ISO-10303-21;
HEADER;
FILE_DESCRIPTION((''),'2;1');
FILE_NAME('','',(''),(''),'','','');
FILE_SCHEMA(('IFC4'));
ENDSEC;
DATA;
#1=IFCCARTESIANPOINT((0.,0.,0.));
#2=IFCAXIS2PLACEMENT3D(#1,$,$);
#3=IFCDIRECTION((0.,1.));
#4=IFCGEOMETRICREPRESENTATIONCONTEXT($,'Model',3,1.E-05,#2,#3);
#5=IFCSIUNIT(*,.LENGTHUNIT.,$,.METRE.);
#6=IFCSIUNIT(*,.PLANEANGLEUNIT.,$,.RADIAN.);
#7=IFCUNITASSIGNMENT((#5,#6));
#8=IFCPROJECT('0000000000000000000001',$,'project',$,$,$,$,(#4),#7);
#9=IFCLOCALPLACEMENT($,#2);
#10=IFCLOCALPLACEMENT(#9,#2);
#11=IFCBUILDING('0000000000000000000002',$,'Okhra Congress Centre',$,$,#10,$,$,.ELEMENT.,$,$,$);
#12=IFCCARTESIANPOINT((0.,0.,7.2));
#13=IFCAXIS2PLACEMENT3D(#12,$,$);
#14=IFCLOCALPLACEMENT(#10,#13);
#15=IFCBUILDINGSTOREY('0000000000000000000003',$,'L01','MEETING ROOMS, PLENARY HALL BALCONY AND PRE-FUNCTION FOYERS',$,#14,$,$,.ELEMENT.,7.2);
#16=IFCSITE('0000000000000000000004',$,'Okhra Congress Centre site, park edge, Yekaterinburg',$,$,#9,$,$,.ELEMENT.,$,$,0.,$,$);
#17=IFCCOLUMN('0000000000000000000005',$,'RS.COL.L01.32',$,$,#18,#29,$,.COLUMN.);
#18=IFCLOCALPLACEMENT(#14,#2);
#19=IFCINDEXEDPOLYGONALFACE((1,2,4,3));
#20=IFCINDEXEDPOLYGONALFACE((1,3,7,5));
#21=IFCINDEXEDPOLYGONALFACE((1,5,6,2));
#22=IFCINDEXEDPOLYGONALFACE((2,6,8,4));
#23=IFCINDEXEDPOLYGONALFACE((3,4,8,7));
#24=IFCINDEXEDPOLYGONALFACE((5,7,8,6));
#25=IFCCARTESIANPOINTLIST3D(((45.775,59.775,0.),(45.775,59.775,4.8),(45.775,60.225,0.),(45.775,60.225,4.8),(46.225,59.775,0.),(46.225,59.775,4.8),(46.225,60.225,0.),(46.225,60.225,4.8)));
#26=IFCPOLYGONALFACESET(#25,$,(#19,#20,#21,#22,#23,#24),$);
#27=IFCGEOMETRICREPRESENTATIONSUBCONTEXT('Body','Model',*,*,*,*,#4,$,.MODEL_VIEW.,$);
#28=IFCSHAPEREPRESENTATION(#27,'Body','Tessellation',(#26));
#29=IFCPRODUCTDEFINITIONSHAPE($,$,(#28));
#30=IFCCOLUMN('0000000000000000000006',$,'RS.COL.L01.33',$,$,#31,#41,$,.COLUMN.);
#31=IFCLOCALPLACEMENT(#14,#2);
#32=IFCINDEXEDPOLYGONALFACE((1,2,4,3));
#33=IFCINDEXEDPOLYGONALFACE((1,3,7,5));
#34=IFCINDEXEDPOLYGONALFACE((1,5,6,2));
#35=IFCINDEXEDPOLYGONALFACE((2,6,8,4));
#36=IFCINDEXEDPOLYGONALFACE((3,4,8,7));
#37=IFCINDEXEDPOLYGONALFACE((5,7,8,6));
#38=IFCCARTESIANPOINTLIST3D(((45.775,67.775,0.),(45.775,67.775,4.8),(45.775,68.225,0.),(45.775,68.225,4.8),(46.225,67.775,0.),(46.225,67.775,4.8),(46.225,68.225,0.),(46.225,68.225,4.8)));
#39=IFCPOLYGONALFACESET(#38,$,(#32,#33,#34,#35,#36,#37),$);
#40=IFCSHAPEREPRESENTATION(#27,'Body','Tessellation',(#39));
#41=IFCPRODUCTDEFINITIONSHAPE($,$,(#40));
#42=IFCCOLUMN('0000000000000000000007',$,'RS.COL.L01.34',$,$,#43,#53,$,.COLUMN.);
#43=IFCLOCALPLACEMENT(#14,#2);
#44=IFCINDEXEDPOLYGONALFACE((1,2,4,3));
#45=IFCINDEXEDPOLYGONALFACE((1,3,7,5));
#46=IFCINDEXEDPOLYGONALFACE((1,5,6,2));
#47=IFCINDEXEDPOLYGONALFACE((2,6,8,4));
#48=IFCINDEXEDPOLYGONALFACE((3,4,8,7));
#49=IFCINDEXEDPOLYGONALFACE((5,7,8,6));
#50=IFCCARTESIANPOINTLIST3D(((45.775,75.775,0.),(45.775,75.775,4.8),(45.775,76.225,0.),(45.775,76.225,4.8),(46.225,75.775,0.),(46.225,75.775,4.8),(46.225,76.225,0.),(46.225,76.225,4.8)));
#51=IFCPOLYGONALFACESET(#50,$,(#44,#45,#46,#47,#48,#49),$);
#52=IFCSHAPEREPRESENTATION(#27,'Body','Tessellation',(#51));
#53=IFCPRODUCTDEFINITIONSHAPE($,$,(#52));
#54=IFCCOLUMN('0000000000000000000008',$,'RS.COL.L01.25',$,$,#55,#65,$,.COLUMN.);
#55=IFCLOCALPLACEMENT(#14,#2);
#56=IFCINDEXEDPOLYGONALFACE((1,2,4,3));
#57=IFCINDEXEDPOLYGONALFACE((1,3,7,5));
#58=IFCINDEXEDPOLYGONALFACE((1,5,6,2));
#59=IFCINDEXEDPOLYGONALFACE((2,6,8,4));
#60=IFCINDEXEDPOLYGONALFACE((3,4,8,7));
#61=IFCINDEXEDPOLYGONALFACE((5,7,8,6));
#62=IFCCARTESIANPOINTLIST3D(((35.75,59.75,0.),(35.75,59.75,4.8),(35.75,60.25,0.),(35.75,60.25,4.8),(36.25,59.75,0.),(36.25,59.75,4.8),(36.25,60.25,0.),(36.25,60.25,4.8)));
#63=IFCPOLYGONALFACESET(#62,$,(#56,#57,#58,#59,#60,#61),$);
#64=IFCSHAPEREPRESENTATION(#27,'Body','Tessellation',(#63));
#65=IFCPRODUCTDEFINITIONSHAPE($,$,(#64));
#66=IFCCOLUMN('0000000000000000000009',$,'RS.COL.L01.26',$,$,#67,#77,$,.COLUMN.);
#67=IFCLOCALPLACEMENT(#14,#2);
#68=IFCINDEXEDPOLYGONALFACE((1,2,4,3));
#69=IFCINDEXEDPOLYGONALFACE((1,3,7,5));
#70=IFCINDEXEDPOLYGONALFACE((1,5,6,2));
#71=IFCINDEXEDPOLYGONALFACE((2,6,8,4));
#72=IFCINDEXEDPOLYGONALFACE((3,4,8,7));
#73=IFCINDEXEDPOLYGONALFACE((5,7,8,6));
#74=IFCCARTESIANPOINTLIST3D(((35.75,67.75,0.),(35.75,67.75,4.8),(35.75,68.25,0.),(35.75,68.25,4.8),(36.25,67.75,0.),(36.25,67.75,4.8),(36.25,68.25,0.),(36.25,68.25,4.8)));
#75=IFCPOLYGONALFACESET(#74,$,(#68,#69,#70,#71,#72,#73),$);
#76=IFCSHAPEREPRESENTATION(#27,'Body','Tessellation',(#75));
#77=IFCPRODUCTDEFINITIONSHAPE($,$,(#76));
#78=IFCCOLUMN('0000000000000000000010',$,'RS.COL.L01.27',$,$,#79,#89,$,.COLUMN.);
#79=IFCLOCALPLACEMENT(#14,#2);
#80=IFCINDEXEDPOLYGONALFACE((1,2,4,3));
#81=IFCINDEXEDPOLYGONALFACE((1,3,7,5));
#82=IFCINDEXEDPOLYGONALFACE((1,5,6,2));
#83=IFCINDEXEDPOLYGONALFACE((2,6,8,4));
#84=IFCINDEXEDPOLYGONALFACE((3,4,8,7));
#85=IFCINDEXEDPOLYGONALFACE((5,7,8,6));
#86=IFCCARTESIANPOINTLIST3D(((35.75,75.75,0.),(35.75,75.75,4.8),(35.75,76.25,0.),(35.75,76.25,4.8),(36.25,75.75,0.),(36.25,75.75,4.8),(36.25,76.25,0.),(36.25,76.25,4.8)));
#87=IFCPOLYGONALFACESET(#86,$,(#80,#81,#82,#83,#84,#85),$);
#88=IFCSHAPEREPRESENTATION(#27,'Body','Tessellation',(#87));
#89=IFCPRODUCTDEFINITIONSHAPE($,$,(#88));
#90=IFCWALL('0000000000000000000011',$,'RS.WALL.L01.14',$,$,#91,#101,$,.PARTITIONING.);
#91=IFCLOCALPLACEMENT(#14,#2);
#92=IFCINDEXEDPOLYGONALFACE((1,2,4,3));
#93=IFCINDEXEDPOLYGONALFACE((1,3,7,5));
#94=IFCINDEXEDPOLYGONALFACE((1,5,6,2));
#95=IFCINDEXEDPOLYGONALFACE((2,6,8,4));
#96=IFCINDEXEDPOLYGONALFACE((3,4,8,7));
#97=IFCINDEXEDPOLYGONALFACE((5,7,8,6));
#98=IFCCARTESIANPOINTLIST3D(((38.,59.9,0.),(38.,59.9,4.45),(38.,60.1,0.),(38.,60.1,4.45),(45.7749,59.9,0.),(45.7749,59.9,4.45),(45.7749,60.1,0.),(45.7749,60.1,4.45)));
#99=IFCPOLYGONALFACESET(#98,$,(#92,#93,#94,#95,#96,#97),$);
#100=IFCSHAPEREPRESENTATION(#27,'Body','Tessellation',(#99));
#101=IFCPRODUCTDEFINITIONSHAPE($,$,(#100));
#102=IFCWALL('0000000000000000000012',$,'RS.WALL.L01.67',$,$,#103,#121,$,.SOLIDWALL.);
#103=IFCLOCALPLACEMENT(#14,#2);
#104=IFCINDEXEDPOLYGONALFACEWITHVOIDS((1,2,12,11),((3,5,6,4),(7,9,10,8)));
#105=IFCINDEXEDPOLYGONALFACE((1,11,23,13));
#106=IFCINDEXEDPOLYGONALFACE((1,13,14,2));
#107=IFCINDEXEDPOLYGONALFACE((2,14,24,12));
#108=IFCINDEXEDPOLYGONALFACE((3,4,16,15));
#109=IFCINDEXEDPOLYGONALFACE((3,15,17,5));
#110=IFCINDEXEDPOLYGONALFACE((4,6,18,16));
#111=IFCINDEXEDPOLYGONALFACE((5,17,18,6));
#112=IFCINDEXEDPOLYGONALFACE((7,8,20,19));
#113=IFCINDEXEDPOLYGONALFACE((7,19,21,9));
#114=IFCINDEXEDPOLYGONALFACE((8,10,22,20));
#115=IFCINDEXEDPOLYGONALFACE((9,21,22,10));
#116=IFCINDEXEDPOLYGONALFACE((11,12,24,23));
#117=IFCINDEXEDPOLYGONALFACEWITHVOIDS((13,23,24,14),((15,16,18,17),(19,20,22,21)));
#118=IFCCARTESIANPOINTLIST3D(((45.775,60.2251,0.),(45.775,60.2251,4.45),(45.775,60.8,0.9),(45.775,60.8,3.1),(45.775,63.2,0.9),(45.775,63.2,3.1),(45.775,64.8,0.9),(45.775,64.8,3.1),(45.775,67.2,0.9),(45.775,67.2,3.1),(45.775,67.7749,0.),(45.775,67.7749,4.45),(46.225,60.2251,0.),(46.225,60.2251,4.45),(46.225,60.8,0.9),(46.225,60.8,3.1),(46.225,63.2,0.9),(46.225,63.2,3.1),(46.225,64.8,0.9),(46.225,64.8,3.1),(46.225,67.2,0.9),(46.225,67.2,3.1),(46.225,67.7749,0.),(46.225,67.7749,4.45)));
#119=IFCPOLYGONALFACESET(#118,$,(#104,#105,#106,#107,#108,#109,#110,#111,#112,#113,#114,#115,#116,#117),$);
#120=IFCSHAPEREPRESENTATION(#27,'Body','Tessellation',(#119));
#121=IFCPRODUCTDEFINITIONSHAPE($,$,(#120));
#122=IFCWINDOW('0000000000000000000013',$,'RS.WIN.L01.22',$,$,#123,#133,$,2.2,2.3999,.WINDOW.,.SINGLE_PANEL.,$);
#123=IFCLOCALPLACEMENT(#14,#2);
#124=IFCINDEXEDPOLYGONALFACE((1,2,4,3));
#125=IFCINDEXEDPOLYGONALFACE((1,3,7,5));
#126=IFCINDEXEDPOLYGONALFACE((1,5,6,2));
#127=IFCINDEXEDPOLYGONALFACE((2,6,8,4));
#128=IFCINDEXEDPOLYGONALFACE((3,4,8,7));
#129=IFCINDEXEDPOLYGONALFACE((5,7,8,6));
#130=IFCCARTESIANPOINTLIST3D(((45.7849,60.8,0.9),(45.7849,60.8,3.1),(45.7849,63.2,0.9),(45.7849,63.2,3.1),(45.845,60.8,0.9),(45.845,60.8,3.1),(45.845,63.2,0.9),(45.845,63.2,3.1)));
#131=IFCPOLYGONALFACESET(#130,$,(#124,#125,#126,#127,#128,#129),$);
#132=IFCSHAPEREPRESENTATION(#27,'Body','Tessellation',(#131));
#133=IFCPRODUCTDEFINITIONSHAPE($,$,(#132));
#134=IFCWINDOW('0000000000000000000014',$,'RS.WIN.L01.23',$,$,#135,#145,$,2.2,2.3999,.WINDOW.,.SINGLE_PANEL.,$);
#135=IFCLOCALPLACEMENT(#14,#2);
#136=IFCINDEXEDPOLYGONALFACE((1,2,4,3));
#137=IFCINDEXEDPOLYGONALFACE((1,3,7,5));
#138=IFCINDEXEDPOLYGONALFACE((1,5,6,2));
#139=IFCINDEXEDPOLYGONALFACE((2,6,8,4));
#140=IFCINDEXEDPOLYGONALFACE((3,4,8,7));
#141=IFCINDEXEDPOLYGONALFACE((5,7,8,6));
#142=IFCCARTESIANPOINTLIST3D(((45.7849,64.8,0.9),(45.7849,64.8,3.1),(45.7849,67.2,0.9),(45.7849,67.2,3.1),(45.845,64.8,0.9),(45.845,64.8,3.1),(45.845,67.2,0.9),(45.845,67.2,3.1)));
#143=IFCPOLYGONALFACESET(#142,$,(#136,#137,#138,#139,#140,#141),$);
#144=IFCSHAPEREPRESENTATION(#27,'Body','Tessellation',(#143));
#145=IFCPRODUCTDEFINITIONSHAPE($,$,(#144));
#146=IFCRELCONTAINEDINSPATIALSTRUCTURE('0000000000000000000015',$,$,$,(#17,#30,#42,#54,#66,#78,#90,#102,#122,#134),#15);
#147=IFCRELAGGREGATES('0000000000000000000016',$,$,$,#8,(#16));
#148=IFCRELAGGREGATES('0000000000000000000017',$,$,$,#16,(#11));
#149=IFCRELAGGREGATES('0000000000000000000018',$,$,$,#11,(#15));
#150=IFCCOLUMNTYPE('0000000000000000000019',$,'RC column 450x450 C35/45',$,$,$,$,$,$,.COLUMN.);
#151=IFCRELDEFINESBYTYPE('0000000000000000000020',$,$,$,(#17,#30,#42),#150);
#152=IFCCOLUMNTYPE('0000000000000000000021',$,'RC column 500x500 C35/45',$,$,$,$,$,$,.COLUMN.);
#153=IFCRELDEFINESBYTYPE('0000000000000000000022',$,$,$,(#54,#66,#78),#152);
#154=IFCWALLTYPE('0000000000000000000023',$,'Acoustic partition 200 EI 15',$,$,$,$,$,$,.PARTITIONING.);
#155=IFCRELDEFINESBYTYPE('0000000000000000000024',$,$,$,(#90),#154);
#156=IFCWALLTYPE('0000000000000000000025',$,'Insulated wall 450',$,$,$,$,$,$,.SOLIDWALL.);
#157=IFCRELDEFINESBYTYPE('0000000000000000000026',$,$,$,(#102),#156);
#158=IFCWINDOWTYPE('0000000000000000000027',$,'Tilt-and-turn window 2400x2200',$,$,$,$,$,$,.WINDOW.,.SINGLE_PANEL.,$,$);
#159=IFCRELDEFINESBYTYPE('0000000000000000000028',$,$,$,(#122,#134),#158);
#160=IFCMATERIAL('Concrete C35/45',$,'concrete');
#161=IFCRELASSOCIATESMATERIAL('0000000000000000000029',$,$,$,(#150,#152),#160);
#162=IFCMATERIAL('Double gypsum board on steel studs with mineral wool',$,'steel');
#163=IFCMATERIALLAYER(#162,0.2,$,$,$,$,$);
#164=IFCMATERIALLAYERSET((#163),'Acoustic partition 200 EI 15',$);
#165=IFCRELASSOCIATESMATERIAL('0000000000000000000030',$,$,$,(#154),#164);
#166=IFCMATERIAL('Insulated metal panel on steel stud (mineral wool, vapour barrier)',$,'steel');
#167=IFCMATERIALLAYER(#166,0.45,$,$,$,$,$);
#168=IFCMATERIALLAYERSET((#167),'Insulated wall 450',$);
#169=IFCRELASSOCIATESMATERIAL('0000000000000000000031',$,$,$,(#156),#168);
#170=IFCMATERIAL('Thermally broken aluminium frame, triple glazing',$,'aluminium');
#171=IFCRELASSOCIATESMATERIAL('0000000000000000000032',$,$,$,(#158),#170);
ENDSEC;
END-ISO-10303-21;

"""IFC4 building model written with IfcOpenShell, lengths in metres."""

from ifc_helpers import new_model, si_unit, direction, frame, frame_2d, origin, origin_2d, place, context, subcontext, project, spatial, rectangle, extrude, material, layer, layer_set, material_profile, profile_set, type_object, element, fill, save


model = new_model("IFC4")

# Units and contexts
model_context = context("Model", 3, precision=1e-05, world=origin(), true_north=direction((0.0, 1.0)))
body_context = subcontext(model_context, "Body", "Model", "MODEL_VIEW")
ifc_project = project(units=[si_unit("LENGTHUNIT", "METRE"), si_unit("PLANEANGLEUNIT", "RADIAN")], contexts=[model_context])

# Site, building, storey
site_placement = place(None, origin())
site = spatial("IfcSite", under=ifc_project, at=site_placement, Name="Okhra Congress Centre site, park edge, Yekaterinburg", CompositionType="ELEMENT", RefElevation=0.0)
building_placement = place(site_placement, origin())
building = spatial("IfcBuilding", under=site, at=building_placement, Name="Okhra Congress Centre", CompositionType="ELEMENT")
storey_placement = place(building_placement, frame((0.0, 0.0, 7.2)))
storey = spatial("IfcBuildingStorey", under=building, at=storey_placement, Name="L01", Description="MEETING ROOMS, PLENARY HALL BALCONY AND PRE-FUNCTION FOYERS", CompositionType="ELEMENT", Elevation=7.2)

# Columns
ifc_material_1 = material(Name="Concrete C35/45", Category="concrete")
ifc_material_profile_1 = material_profile(ifc_material_1, rectangle(XDim=0.45, YDim=0.45, at=origin_2d()), Name="RC 450x450")
ifc_profile_set_1 = profile_set([ifc_material_profile_1], Name="Concrete C35/45")
column_type_1 = type_object("IfcColumnType", Name="RC column 450x450 C35/45", PredefinedType="COLUMN", material=ifc_profile_set_1)
for number, where, z_axis, x_axis, name in (
    (1, (46.0, 60.0, 0.0), (0.0, 0.0, 1.0), (1.0, 0.0, 0.0), "RS.COL.L01.32"),
    (2, (46.0, 68.0, 0.0), (0.0, 0.0, 1.0), (1.0, 0.0, 0.0), "RS.COL.L01.33"),
    (3, (46.0, 76.0, 0.0), (0.0, 0.0, 1.0), (1.0, 0.0, 0.0), "RS.COL.L01.34"),
):
    element("IfcColumn", number, at=place(storey_placement, frame(where, z_axis=z_axis, x_axis=x_axis)), inside=storey, type_object=column_type_1, Name=name, PredefinedType="COLUMN", context=body_context, shape_type="SweptSolid", body=[
        extrude(rectangle(XDim=0.45, YDim=0.45, at=origin_2d()), origin(), (0.0, 0.0, 1.0), 4.8),
    ])
ifc_material_profile_2 = material_profile(ifc_material_1, rectangle(XDim=0.5, YDim=0.5, at=origin_2d()), Name="RC 500x500")
ifc_profile_set_2 = profile_set([ifc_material_profile_2], Name="Concrete C35/45")
column_type_2 = type_object("IfcColumnType", Name="RC column 500x500 C35/45", PredefinedType="COLUMN", material=ifc_profile_set_2)
for number, where, z_axis, x_axis, name in (
    (4, (36.0, 60.0, 0.0), (0.0, 0.0, 1.0), (1.0, 0.0, 0.0), "RS.COL.L01.25"),
    (5, (36.0, 68.0, 0.0), (0.0, 0.0, 1.0), (1.0, 0.0, 0.0), "RS.COL.L01.26"),
    (6, (36.0, 76.0, 0.0), (0.0, 0.0, 1.0), (1.0, 0.0, 0.0), "RS.COL.L01.27"),
):
    element("IfcColumn", number, at=place(storey_placement, frame(where, z_axis=z_axis, x_axis=x_axis)), inside=storey, type_object=column_type_2, Name=name, PredefinedType="COLUMN", context=body_context, shape_type="SweptSolid", body=[
        extrude(rectangle(XDim=0.5, YDim=0.5, at=origin_2d()), origin(), (0.0, 0.0, 1.0), 4.8),
    ])

# Wall
ifc_material_2 = material(Name="Double gypsum board on steel studs with mineral wool", Category="steel")
ifc_layer_1 = layer(ifc_material_2, 0.2)
ifc_layer_set_1 = layer_set([ifc_layer_1], Name="Acoustic partition 200 EI 15")
wall_type_1 = type_object("IfcWallType", Name="Acoustic partition 200 EI 15", PredefinedType="PARTITIONING", material=ifc_layer_set_1)
wall_1_placement = place(storey_placement, frame((38.0, 60.0, 0.0), z_axis=(0.0, 0.0, 1.0), x_axis=(1.0, 0.0, 0.0)))
element("IfcWall", 7, at=wall_1_placement, inside=storey, type_object=wall_type_1, Name="RS.WALL.L01.14", PredefinedType="PARTITIONING", context=body_context, shape_type="SweptSolid", body=[
    extrude(rectangle(XDim=7.7749, YDim=0.2, at=frame_2d((3.8875, 0.0))), origin(), (0.0, 0.0, 1.0), 4.45),
])

# Wall, openings, windows
ifc_material_3 = material(Name="Insulated metal panel on steel stud (mineral wool, vapour barrier)", Category="steel")
ifc_layer_2 = layer(ifc_material_3, 0.45)
ifc_layer_set_2 = layer_set([ifc_layer_2], Name="Insulated wall 450")
wall_type_2 = type_object("IfcWallType", Name="Insulated wall 450", PredefinedType="SOLIDWALL", material=ifc_layer_set_2)
wall_2_placement = place(storey_placement, frame((46.0, 60.2251, 0.0), z_axis=(0.0, 0.0, 1.0), x_axis=(0.0, 1.0, 0.0)))
wall_2 = element("IfcWall", 8, at=wall_2_placement, inside=storey, type_object=wall_type_2, Name="RS.WALL.L01.67", PredefinedType="SOLIDWALL", context=body_context, shape_type="SweptSolid", body=[
    extrude(rectangle(XDim=7.5498, YDim=0.45, at=frame_2d((3.7749, 0.0))), origin(), (0.0, 0.0, 1.0), 4.45),
])
opening_1_placement = place(wall_2_placement, frame((0.575, 0.0, 0.8999)))
opening_1 = element("IfcOpeningElement", 9, at=opening_1_placement, cuts=wall_2, PredefinedType="OPENING", context=body_context, shape_type="SweptSolid", body=[
    extrude(rectangle(XDim=2.3999, YDim=2.2, at=frame_2d((1.2, 1.1001))), frame((0.0, 0.2349, 0.0), z_axis=(0.0, -1.0, 0.0), x_axis=(1.0, 0.0, 0.0)), (0.0, 0.0, 1.0), 0.47),
])
opening_2_placement = place(wall_2_placement, frame((4.575, 0.0, 0.8999)))
opening_2 = element("IfcOpeningElement", 10, at=opening_2_placement, cuts=wall_2, PredefinedType="OPENING", context=body_context, shape_type="SweptSolid", body=[
    extrude(rectangle(XDim=2.3999, YDim=2.2, at=frame_2d((1.2, 1.1001))), frame((0.0, 0.2349, 0.0), z_axis=(0.0, -1.0, 0.0), x_axis=(1.0, 0.0, 0.0)), (0.0, 0.0, 1.0), 0.47),
])
ifc_material_4 = material(Name="Thermally broken aluminium frame, triple glazing", Category="aluminium")
window_type = type_object("IfcWindowType", Name="Tilt-and-turn window 2400x2200", PartitioningType="SINGLE_PANEL", PredefinedType="WINDOW", material=ifc_material_4)
window_1_placement = place(opening_1_placement, origin())
window_1 = element("IfcWindow", 11, at=window_1_placement, inside=storey, type_object=window_type, Name="RS.WIN.L01.22", OverallHeight=2.2, OverallWidth=2.3999, PartitioningType="SINGLE_PANEL", PredefinedType="WINDOW", context=body_context, shape_type="SweptSolid", body=[
    extrude(rectangle(XDim=2.3999, YDim=2.2, at=frame_2d((1.2, 1.1001))), frame((0.0, 0.2151, 0.0), z_axis=(0.0, -1.0, 0.0), x_axis=(1.0, 0.0, 0.0)), (0.0, 0.0, 1.0), 0.0601),
])
fill(opening_1, window_1)
window_2_placement = place(opening_2_placement, origin())
window_2 = element("IfcWindow", 12, at=window_2_placement, inside=storey, type_object=window_type, Name="RS.WIN.L01.23", OverallHeight=2.2, OverallWidth=2.3999, PartitioningType="SINGLE_PANEL", PredefinedType="WINDOW", context=body_context, shape_type="SweptSolid", body=[
    extrude(rectangle(XDim=2.3999, YDim=2.2, at=frame_2d((1.2, 1.1001))), frame((0.0, 0.2151, 0.0), z_axis=(0.0, -1.0, 0.0), x_axis=(1.0, 0.0, 0.0)), (0.0, 0.0, 1.0), 0.0601),
])
fill(opening_2, window_2)

save(model, "model.ifc")
